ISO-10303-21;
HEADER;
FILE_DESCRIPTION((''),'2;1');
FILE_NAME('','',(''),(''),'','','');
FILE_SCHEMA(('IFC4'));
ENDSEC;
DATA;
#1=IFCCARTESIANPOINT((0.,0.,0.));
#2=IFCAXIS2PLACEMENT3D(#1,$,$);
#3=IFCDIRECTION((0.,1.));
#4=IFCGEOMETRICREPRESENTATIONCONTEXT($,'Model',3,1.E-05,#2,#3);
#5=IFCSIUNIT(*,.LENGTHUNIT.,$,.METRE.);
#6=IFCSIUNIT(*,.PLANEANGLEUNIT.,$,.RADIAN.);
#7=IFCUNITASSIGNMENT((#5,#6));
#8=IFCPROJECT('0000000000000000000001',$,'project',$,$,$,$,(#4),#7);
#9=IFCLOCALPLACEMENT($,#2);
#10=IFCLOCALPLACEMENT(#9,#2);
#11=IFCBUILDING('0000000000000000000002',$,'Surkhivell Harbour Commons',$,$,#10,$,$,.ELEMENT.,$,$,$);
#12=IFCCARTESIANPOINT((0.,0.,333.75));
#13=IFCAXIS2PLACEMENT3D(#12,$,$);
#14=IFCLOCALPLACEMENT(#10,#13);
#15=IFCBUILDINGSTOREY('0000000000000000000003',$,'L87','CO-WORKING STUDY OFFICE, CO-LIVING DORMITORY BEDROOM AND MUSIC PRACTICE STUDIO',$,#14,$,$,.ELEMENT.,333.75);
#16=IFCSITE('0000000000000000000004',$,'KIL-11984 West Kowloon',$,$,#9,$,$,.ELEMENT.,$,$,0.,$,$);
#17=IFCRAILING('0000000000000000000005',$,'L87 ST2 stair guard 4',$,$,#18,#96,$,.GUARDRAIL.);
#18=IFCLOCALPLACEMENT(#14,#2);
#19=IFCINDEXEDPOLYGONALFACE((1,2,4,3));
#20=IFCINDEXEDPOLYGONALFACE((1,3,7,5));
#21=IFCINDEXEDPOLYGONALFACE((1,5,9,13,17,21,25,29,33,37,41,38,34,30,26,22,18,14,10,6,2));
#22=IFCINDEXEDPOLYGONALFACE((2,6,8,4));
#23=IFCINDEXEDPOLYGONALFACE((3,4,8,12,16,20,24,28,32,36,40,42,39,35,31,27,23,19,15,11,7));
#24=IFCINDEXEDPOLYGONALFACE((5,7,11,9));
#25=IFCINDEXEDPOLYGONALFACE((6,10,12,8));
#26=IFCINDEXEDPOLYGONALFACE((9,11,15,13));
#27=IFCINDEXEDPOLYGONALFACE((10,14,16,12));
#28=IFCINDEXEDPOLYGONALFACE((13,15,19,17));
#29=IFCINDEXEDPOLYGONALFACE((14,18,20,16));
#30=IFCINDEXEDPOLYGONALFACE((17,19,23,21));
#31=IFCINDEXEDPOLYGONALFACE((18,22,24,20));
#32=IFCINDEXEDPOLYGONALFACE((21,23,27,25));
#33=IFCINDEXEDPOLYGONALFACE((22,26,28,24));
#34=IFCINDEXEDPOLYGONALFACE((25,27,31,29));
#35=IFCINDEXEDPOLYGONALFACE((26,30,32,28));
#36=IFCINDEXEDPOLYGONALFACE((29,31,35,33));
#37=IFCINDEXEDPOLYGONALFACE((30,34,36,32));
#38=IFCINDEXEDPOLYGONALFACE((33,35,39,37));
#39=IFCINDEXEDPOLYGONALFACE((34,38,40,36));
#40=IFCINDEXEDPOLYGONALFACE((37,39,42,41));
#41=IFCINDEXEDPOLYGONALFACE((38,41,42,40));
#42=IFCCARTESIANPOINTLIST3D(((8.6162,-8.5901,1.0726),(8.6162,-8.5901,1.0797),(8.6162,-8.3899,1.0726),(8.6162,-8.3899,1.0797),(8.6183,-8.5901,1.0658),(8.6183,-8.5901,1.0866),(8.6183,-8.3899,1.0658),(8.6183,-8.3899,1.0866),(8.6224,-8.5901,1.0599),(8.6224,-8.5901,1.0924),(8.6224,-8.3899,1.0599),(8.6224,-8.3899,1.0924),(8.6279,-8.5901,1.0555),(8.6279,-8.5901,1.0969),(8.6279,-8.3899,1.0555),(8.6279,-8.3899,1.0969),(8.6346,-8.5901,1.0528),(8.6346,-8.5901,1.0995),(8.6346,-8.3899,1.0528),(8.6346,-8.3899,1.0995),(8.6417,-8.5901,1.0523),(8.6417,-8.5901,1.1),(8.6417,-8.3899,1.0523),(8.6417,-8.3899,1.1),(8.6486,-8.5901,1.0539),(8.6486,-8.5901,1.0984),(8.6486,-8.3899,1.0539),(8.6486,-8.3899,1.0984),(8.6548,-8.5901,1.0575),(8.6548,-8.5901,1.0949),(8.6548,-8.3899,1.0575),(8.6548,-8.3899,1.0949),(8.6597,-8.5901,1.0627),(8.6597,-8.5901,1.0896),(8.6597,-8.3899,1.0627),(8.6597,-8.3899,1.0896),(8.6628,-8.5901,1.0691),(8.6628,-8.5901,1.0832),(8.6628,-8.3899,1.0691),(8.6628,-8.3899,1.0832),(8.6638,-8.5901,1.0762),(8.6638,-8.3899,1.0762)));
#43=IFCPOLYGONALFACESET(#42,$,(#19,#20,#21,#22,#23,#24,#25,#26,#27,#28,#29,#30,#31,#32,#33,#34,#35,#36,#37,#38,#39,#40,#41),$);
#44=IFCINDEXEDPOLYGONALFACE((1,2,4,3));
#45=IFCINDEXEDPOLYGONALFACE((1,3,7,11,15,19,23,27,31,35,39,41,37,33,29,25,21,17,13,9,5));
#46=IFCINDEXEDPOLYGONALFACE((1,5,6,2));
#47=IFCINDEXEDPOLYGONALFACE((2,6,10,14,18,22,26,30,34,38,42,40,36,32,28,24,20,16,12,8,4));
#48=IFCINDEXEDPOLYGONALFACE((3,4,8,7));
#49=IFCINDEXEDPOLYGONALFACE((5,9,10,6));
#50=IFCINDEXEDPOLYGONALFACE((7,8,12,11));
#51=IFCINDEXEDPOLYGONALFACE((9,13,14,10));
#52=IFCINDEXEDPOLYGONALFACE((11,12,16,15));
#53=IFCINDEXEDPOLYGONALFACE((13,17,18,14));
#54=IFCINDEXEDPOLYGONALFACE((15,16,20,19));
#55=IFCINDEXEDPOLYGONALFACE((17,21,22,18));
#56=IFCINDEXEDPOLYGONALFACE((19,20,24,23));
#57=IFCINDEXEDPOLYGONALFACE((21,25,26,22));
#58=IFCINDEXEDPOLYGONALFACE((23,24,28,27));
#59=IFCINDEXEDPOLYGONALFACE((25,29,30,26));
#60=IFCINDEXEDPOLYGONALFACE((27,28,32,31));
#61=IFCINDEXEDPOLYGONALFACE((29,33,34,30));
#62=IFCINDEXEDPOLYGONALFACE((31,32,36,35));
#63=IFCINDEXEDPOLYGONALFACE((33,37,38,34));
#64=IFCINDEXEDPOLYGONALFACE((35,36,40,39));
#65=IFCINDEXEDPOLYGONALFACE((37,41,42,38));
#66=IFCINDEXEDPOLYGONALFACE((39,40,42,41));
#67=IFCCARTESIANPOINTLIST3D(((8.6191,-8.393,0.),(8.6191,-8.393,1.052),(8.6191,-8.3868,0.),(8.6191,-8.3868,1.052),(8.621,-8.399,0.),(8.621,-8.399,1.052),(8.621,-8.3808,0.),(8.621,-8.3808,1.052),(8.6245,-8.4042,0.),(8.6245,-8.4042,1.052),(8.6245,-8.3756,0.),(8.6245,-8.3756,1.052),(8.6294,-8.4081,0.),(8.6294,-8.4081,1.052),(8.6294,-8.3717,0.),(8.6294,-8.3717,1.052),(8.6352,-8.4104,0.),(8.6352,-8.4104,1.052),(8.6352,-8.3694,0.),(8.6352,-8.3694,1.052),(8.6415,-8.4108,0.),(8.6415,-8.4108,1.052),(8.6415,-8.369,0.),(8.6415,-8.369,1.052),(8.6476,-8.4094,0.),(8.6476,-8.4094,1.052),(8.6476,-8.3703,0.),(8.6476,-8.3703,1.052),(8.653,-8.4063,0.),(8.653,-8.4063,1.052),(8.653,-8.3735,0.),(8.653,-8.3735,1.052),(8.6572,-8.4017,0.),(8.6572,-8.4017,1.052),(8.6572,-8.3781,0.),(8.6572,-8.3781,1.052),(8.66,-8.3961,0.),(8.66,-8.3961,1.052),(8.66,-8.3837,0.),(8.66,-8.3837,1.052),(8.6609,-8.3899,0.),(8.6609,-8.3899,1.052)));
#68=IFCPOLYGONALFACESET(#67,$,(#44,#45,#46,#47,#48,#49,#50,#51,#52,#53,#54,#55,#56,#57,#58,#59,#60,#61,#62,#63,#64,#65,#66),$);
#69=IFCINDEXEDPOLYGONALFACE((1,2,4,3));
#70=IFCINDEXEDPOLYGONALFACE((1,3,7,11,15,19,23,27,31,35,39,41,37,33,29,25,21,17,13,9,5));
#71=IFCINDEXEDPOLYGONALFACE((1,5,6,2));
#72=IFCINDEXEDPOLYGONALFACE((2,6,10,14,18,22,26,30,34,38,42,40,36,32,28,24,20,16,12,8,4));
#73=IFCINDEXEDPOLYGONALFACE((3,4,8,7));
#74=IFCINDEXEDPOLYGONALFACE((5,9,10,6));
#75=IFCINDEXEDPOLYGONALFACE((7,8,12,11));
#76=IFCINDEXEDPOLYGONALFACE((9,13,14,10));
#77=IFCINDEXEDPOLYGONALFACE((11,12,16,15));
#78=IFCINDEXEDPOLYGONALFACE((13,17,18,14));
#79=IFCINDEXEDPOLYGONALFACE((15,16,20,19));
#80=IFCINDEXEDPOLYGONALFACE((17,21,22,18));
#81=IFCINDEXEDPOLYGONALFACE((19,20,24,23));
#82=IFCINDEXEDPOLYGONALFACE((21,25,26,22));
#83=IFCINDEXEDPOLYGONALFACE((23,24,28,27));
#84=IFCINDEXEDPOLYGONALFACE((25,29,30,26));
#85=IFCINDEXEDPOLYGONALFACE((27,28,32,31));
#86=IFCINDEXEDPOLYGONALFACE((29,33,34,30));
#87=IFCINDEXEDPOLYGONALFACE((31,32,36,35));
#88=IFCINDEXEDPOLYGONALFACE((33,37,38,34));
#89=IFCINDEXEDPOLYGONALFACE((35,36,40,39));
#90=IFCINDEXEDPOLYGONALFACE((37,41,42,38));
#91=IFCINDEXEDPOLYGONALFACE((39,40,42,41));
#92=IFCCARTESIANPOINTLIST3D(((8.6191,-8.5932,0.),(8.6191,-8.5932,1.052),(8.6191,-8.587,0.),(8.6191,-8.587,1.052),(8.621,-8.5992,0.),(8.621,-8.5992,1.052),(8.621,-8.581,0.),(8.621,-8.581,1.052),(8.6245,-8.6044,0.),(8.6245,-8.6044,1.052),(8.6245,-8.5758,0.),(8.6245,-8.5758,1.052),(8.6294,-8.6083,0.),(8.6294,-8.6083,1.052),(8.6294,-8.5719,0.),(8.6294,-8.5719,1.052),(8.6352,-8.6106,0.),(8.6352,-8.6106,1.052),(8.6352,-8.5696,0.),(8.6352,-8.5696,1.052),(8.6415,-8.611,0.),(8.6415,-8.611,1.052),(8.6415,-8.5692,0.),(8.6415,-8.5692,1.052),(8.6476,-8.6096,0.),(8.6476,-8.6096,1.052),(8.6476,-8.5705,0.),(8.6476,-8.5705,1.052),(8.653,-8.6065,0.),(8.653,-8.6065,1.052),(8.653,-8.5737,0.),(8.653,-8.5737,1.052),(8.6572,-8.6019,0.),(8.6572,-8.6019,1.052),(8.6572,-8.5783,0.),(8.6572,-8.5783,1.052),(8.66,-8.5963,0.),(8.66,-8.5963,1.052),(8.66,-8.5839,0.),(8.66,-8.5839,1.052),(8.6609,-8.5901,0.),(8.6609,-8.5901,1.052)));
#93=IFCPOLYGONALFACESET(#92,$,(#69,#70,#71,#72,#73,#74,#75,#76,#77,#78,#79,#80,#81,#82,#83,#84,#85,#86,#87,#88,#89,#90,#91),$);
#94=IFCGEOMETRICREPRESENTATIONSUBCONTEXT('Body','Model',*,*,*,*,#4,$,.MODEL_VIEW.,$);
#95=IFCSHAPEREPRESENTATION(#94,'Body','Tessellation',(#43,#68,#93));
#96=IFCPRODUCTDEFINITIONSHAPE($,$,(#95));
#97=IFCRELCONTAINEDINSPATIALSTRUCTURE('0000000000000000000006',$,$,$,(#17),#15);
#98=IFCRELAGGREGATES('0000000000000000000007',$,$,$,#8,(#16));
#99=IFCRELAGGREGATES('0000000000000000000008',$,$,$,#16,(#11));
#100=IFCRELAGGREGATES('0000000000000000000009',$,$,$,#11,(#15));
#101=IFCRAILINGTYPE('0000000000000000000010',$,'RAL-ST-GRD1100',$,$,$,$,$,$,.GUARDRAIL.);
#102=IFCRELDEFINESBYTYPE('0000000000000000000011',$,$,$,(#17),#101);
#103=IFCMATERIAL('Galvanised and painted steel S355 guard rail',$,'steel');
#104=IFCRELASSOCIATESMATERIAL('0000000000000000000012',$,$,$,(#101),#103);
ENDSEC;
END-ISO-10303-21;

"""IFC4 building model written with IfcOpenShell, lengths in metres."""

from ifc_helpers import new_model, si_unit, direction, frame, origin, origin_2d, place, context, subcontext, project, spatial, circle, extrude, material, type_object, element, save


model = new_model("IFC4")

# Units and contexts
model_context = context("Model", 3, precision=1e-05, world=origin(), true_north=direction((0.0, 1.0)))
body_context = subcontext(model_context, "Body", "Model", "MODEL_VIEW")
ifc_project = project(units=[si_unit("LENGTHUNIT", "METRE"), si_unit("PLANEANGLEUNIT", "RADIAN")], contexts=[model_context])

# Site, building, storey
site_placement = place(None, origin())
site = spatial("IfcSite", under=ifc_project, at=site_placement, Name="KIL-11984 West Kowloon", CompositionType="ELEMENT", RefElevation=0.0)
building_placement = place(site_placement, origin())
building = spatial("IfcBuilding", under=site, at=building_placement, Name="Surkhivell Harbour Commons", CompositionType="ELEMENT")
storey_placement = place(building_placement, frame((0.0, 0.0, 333.75)))
storey = spatial("IfcBuildingStorey", under=building, at=storey_placement, Name="L87", Description="CO-WORKING STUDY OFFICE, CO-LIVING DORMITORY BEDROOM AND MUSIC PRACTICE STUDIO", CompositionType="ELEMENT", Elevation=333.75)

# Railing
ifc_material_1 = material(Name="Galvanised and painted steel S355 guard rail", Category="steel")
railing_type_1 = type_object("IfcRailingType", Name="RAL-ST-GRD1100", PredefinedType="GUARDRAIL", material=ifc_material_1)
railing_1_placement = place(storey_placement, frame((8.6399, -8.3899, 0.0)))
element("IfcRailing", 1, at=railing_1_placement, inside=storey, type_object=railing_type_1, Name="L87 ST2 stair guard 4", PredefinedType="GUARDRAIL", context=body_context, shape_type="SweptSolid", body=[
    extrude(circle(Radius=0.0239, at=origin_2d()), frame((0.0, 0.0, 1.0762), z_axis=(0.0, -1.0, 0.0), x_axis=(1.0, 0.0, 0.0)), (0.0, 0.0, 1.0), 0.2002),
    extrude(circle(Radius=0.021, at=origin_2d()), origin(), (0.0, 0.0, 1.0), 1.052),
    extrude(circle(Radius=0.021, at=origin_2d()), frame((0.0, -0.2002, 0.0)), (0.0, 0.0, 1.0), 1.052),
])

save(model, "model.ifc")
